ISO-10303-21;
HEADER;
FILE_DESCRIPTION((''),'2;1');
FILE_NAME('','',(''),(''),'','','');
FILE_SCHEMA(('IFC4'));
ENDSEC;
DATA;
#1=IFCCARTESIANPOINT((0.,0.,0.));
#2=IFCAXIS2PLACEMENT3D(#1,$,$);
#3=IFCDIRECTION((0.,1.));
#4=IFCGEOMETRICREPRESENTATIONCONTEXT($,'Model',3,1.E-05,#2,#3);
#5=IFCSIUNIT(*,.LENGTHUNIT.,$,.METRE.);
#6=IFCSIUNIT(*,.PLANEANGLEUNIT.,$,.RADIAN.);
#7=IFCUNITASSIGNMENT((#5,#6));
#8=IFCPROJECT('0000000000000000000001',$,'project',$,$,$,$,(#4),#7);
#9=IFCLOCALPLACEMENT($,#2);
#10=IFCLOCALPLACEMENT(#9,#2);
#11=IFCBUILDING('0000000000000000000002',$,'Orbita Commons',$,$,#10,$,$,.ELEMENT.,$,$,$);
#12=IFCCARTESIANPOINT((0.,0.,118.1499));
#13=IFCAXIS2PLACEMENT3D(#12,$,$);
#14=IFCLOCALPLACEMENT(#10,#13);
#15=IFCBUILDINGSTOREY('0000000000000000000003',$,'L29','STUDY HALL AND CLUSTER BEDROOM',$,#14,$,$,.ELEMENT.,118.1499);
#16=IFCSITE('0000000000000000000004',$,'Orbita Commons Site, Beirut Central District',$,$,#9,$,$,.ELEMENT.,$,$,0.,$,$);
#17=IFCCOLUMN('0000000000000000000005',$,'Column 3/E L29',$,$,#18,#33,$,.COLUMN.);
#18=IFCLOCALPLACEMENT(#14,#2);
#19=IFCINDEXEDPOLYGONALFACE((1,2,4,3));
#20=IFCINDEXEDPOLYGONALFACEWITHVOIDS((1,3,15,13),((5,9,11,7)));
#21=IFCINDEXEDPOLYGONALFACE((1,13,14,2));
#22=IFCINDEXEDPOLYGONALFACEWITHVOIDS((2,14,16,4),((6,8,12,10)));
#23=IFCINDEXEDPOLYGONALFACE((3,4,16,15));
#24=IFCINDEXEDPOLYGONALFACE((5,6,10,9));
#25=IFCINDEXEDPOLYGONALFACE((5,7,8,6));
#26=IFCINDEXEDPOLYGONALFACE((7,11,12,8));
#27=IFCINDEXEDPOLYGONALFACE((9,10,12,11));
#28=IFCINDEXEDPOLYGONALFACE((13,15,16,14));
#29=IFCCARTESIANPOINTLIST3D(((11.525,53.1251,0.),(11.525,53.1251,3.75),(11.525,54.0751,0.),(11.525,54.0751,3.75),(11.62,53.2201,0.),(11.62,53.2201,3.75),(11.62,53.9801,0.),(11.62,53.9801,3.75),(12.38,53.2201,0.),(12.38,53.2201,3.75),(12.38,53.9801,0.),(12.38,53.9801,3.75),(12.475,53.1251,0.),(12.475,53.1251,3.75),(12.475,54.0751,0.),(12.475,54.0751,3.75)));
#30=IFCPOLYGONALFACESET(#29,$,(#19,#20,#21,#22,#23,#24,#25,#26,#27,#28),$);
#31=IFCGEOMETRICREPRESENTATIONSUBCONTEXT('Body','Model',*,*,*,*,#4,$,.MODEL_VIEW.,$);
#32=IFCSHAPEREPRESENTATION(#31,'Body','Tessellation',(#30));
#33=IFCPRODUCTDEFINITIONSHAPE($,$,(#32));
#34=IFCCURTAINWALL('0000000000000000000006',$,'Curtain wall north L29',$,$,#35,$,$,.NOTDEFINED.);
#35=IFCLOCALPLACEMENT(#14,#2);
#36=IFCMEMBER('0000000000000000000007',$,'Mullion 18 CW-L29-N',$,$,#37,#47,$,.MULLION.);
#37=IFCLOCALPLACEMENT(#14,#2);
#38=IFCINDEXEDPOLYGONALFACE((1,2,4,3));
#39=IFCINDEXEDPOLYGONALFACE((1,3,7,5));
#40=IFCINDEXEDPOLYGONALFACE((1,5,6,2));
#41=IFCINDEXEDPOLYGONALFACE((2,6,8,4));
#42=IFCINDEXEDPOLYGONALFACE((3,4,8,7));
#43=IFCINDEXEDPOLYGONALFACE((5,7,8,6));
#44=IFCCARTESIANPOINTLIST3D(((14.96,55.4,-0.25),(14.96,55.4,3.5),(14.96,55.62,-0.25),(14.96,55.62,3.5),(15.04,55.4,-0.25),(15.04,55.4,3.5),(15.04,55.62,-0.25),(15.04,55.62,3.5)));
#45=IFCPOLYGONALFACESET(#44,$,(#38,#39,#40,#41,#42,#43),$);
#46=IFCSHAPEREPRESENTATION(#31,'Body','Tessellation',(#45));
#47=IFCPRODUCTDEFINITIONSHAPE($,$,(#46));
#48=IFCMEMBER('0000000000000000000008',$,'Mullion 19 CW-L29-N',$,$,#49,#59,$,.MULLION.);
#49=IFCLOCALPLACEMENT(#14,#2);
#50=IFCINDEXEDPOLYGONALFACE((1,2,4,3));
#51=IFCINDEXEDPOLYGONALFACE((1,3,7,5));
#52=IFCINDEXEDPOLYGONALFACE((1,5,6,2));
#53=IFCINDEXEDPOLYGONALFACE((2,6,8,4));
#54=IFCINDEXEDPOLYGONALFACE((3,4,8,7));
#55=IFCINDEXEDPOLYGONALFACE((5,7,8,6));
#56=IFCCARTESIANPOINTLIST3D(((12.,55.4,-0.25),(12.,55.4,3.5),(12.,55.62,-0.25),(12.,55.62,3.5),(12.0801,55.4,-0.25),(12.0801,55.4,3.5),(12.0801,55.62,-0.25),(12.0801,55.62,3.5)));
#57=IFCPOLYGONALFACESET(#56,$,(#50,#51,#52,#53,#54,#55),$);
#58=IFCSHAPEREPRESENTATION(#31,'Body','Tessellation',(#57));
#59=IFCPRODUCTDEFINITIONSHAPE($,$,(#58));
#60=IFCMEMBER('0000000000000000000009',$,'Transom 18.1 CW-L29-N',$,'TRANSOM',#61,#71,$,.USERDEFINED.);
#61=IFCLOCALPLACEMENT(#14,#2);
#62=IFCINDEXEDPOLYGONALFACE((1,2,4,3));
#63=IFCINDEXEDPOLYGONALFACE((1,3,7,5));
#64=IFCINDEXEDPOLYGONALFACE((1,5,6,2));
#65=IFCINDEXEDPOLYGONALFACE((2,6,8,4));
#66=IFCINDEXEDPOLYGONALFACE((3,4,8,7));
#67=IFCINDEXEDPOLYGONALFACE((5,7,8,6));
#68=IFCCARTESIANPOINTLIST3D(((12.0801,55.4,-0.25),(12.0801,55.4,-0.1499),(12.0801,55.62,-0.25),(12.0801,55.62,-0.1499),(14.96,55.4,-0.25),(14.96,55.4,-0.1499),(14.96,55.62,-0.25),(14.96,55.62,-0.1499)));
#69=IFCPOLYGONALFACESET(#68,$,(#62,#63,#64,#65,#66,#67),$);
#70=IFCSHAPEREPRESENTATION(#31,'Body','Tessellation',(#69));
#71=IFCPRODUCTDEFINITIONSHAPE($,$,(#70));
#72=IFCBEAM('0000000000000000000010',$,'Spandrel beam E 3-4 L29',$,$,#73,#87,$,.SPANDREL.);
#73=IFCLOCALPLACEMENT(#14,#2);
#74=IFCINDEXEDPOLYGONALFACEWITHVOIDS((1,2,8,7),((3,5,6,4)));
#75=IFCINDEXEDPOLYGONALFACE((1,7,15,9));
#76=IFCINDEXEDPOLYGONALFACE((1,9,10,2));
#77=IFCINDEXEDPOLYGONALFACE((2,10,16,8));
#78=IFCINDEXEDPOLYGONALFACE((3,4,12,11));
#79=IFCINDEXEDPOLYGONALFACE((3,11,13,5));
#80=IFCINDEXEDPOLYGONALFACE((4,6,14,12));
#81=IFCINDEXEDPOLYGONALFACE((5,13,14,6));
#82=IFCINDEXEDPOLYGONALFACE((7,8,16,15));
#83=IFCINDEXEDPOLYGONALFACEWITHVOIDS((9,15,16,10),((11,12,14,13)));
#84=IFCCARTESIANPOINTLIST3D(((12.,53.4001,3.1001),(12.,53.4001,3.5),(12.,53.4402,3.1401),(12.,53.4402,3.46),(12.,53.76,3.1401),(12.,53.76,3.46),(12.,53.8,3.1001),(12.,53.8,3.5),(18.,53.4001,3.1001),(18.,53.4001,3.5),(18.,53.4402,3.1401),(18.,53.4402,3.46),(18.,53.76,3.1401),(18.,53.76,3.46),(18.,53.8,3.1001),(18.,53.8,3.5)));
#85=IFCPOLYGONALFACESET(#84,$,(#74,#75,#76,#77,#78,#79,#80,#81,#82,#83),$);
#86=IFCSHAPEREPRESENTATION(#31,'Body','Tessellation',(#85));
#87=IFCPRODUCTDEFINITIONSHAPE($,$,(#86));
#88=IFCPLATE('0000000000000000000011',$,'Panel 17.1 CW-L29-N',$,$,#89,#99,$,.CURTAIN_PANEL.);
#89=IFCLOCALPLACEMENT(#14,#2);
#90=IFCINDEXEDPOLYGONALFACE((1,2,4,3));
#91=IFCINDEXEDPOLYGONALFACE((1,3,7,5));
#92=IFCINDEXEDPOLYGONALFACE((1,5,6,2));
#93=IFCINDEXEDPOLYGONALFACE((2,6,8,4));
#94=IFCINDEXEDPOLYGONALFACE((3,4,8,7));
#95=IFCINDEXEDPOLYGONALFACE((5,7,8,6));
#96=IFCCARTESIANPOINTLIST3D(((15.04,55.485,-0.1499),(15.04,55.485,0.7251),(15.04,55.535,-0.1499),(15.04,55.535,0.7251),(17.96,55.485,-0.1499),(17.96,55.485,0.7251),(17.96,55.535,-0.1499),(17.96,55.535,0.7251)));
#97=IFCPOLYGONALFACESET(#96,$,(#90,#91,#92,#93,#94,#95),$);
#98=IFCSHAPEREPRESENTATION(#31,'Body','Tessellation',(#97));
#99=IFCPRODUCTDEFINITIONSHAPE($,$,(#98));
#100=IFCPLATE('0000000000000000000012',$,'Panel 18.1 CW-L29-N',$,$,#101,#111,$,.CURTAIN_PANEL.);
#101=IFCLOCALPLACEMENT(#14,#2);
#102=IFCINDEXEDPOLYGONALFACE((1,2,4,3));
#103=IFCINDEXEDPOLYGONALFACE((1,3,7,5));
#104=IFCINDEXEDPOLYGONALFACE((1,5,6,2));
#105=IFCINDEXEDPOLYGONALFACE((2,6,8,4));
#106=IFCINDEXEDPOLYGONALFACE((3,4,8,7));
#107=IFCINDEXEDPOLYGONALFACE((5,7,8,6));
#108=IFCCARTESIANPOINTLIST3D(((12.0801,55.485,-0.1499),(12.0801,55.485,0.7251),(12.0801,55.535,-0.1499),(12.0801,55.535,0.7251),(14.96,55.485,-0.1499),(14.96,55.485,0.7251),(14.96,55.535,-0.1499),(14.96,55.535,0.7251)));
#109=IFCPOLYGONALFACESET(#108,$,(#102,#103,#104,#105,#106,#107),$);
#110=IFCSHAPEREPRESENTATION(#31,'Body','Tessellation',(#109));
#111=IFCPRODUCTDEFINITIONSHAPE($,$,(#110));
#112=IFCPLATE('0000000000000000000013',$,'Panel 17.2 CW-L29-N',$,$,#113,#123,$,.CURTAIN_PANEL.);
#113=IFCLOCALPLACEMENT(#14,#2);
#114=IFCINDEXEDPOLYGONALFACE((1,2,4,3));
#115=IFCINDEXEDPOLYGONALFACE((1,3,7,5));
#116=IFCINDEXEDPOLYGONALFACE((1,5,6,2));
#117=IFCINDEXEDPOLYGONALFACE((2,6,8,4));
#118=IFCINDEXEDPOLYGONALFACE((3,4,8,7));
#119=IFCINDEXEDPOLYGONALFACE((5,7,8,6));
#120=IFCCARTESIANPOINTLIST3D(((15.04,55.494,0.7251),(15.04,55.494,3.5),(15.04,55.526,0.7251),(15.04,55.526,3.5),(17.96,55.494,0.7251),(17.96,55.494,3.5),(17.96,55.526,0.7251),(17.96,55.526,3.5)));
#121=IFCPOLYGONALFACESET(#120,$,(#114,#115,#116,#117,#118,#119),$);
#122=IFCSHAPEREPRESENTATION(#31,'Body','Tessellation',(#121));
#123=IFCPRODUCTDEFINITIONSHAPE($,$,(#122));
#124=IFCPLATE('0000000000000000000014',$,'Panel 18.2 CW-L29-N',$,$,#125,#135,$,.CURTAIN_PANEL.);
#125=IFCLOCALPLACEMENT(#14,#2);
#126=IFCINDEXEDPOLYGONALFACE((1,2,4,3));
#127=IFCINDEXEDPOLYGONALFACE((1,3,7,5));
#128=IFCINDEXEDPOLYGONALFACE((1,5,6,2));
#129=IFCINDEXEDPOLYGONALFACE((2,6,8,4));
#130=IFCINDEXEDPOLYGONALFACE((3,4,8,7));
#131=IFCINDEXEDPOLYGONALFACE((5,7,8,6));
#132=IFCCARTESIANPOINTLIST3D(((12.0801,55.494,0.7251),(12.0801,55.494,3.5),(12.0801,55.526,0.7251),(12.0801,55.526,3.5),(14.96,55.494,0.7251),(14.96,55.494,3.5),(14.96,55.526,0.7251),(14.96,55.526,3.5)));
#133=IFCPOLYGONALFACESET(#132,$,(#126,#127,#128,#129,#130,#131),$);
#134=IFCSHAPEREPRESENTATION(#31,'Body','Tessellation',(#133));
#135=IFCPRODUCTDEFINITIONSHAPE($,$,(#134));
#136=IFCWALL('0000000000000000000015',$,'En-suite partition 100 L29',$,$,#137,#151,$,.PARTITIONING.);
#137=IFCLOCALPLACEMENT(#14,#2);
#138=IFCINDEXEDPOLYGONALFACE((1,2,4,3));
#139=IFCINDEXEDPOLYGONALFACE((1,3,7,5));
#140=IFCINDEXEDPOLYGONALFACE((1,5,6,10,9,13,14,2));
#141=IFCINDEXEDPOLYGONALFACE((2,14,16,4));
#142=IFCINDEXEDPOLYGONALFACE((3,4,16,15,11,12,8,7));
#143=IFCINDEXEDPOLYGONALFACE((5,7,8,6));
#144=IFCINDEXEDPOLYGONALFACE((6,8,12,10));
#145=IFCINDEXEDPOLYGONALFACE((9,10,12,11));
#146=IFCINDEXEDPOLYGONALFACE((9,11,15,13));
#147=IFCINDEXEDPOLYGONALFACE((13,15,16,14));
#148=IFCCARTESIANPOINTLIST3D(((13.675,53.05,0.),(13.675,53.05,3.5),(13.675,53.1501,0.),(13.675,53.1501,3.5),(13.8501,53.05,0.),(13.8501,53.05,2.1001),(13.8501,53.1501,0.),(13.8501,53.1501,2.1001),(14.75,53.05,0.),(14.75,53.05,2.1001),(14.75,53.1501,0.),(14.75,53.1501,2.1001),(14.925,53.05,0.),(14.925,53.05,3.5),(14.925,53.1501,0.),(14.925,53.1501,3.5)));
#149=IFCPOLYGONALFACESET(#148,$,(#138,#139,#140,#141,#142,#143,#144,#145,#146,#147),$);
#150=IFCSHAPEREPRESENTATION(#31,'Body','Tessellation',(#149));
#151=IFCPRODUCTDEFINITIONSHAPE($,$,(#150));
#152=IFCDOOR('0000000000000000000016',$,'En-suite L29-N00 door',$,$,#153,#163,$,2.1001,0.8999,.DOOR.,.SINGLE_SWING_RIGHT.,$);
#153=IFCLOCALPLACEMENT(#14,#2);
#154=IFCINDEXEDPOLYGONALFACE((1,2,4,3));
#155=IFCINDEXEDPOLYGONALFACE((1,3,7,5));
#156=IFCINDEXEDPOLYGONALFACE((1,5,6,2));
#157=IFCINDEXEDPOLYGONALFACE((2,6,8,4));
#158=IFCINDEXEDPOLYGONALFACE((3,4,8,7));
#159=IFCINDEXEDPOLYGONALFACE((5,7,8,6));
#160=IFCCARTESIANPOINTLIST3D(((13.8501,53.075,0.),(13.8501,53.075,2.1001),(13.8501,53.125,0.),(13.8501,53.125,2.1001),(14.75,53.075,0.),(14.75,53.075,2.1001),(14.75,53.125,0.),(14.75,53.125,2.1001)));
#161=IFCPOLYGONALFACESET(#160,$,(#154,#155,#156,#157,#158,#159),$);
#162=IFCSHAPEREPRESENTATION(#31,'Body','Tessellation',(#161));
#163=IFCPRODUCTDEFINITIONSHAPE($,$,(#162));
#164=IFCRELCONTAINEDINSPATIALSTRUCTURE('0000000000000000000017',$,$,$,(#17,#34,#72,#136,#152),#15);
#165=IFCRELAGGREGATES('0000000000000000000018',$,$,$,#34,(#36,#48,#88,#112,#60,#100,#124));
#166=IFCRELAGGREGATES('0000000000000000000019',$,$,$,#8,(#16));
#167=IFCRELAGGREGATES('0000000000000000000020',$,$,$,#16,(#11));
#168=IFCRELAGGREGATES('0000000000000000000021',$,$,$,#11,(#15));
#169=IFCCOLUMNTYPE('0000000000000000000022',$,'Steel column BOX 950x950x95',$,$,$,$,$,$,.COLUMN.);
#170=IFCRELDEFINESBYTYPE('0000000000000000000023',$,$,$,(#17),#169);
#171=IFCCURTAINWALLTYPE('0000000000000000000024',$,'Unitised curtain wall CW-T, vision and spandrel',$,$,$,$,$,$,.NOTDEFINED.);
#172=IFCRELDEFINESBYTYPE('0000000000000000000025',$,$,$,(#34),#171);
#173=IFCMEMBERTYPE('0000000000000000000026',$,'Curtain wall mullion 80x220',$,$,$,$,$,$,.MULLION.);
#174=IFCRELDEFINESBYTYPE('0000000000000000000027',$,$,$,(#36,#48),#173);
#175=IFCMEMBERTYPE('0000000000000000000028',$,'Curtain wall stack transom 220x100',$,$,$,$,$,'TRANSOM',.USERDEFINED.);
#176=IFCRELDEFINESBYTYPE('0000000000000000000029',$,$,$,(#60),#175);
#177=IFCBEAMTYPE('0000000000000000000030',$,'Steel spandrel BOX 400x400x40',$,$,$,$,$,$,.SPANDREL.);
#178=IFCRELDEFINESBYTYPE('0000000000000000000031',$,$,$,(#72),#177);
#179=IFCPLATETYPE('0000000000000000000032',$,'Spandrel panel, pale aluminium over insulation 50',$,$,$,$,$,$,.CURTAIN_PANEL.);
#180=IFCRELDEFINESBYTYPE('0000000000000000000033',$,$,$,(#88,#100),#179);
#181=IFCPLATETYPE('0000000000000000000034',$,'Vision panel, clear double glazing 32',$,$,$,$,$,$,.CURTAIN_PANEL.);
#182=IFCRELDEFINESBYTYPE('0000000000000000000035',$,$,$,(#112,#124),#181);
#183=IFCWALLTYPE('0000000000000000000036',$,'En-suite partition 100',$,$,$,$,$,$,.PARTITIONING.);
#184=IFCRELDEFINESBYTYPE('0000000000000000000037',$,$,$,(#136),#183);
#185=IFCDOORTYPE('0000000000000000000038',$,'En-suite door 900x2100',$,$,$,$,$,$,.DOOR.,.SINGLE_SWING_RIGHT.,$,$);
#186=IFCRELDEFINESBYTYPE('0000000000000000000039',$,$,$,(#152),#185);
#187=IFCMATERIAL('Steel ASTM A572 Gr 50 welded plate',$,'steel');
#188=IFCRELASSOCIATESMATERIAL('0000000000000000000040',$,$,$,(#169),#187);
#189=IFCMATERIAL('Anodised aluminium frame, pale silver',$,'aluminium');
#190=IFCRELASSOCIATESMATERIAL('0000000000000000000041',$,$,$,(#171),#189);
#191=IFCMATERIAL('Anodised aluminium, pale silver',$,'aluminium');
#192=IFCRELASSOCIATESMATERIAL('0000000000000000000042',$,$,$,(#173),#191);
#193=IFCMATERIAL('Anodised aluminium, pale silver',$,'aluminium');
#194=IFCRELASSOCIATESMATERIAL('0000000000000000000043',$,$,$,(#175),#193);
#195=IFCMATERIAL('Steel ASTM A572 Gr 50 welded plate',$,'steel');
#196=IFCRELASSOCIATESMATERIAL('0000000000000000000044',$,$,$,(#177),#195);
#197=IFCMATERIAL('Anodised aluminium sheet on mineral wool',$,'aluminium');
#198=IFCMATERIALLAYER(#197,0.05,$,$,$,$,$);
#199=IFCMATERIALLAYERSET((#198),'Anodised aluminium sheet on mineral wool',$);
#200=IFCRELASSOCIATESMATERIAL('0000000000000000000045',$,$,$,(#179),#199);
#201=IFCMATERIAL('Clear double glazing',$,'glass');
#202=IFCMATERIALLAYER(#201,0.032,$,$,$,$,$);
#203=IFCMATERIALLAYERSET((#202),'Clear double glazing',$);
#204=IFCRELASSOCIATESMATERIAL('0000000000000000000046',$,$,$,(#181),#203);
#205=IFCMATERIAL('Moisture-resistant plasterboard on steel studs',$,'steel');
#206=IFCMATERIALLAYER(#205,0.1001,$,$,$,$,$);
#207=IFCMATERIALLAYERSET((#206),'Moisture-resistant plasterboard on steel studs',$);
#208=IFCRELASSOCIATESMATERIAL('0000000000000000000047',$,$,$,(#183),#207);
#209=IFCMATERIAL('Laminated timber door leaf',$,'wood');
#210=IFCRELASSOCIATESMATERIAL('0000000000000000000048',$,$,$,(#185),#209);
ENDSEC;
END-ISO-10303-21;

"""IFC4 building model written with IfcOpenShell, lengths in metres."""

from ifc_helpers import new_model, si_unit, direction, frame, frame_2d, origin, origin_2d, place, context, subcontext, project, spatial, rectangle, hollow_rectangle, extrude, material, layer, layer_set, material_profile, profile_set, type_object, element, fill, aggregate, save


model = new_model("IFC4")

# Units and contexts
model_context = context("Model", 3, precision=1e-05, world=origin(), true_north=direction((0.0, 1.0)))
body_context = subcontext(model_context, "Body", "Model", "MODEL_VIEW")
ifc_project = project(units=[si_unit("LENGTHUNIT", "METRE"), si_unit("PLANEANGLEUNIT", "RADIAN")], contexts=[model_context])

# Site, building, storey
site_placement = place(None, origin())
site = spatial("IfcSite", under=ifc_project, at=site_placement, Name="Orbita Commons Site, Beirut Central District", CompositionType="ELEMENT", RefElevation=0.0)
building_placement = place(site_placement, origin())
building = spatial("IfcBuilding", under=site, at=building_placement, Name="Orbita Commons", CompositionType="ELEMENT")
storey_placement = place(building_placement, frame((0.0, 0.0, 118.1499)))
storey = spatial("IfcBuildingStorey", under=building, at=storey_placement, Name="L29", Description="STUDY HALL AND CLUSTER BEDROOM", CompositionType="ELEMENT", Elevation=118.1499)

# Column
ifc_material_1 = material(Name="Steel ASTM A572 Gr 50 welded plate", Category="steel")
ifc_material_profile_1 = material_profile(ifc_material_1, hollow_rectangle(XDim=0.95, YDim=0.95, WallThickness=0.095, at=origin_2d()), Name="BOX 950x950x95")
ifc_profile_set_1 = profile_set([ifc_material_profile_1], Name="Steel ASTM A572 Gr 50 welded plate")
column_type = type_object("IfcColumnType", Name="Steel column BOX 950x950x95", PredefinedType="COLUMN", material=ifc_profile_set_1)
column_placement = place(storey_placement, frame((12.0, 53.6001, 0.0), z_axis=(0.0, 0.0, 1.0), x_axis=(1.0, 0.0, 0.0)))
element("IfcColumn", 1, at=column_placement, inside=storey, type_object=column_type, Name="Column 3/E L29", PredefinedType="COLUMN", context=body_context, shape_type="SweptSolid", body=[
    extrude(hollow_rectangle(XDim=0.95, YDim=0.95, WallThickness=0.095, at=origin_2d()), origin(), (0.0, 0.0, 1.0), 3.75),
])

# Curtain wall, members
ifc_material_2 = material(Name="Anodised aluminium frame, pale silver", Category="aluminium")
curtain_wall_type = type_object("IfcCurtainWallType", Name="Unitised curtain wall CW-T, vision and spandrel", PredefinedType="NOTDEFINED", material=ifc_material_2)
curtain_wall_placement = place(storey_placement, origin())
curtain_wall = element("IfcCurtainWall", 2, at=curtain_wall_placement, inside=storey, type_object=curtain_wall_type, Name="Curtain wall north L29", PredefinedType="NOTDEFINED")
ifc_material_3 = material(Name="Anodised aluminium, pale silver", Category="aluminium")
ifc_material_profile_2 = material_profile(ifc_material_3, rectangle(XDim=0.0801, YDim=0.22, at=origin_2d()), Name="AL 80x220")
ifc_profile_set_2 = profile_set([ifc_material_profile_2], Name="Anodised aluminium, pale silver")
member_type_1 = type_object("IfcMemberType", Name="Curtain wall mullion 80x220", PredefinedType="MULLION", material=ifc_profile_set_2)
member_1_placement = place(storey_placement, frame((15.0, 55.51, -0.25), z_axis=(0.0, 0.0, 1.0), x_axis=(-1.0, 0.0, 0.0)))
member_1 = element("IfcMember", 3, at=member_1_placement, type_object=member_type_1, Name="Mullion 18 CW-L29-N", PredefinedType="MULLION", context=body_context, shape_type="SweptSolid", body=[
    extrude(rectangle(XDim=0.0801, YDim=0.22, at=origin_2d()), origin(), (0.0, 0.0, 1.0), 3.75),
])
member_2_placement = place(storey_placement, frame((12.04, 55.51, -0.25), z_axis=(0.0, 0.0, 1.0), x_axis=(-1.0, 0.0, 0.0)))
member_2 = element("IfcMember", 4, at=member_2_placement, type_object=member_type_1, Name="Mullion 19 CW-L29-N", PredefinedType="MULLION", context=body_context, shape_type="SweptSolid", body=[
    extrude(rectangle(XDim=0.0801, YDim=0.22, at=origin_2d()), origin(), (0.0, 0.0, 1.0), 3.75),
])
ifc_material_4 = material(Name="Anodised aluminium, pale silver", Category="aluminium")
ifc_material_profile_3 = material_profile(ifc_material_4, rectangle(XDim=0.22, YDim=0.1001, at=origin_2d()), Name="AL 220x100")
ifc_profile_set_3 = profile_set([ifc_material_profile_3], Name="Anodised aluminium, pale silver")
member_type_2 = type_object("IfcMemberType", Name="Curtain wall stack transom 220x100", ElementType="TRANSOM", PredefinedType="USERDEFINED", material=ifc_profile_set_3)
member_3_placement = place(storey_placement, frame((14.96, 55.51, -0.2), z_axis=(-1.0, 0.0, 0.0), x_axis=(0.0, -1.0, 0.0)))
member_3 = element("IfcMember", 5, at=member_3_placement, type_object=member_type_2, Name="Transom 18.1 CW-L29-N", ObjectType="TRANSOM", PredefinedType="USERDEFINED", context=body_context, shape_type="SweptSolid", body=[
    extrude(rectangle(XDim=0.22, YDim=0.1001, at=origin_2d()), origin(), (0.0, 0.0, 1.0), 2.8799),
])

# Beam
ifc_material_5 = material(Name="Steel ASTM A572 Gr 50 welded plate", Category="steel")
ifc_material_profile_4 = material_profile(ifc_material_5, hollow_rectangle(XDim=0.3999, YDim=0.3999, WallThickness=0.04, at=origin_2d()), Name="BOX 400x400x40")
ifc_profile_set_4 = profile_set([ifc_material_profile_4], Name="Steel ASTM A572 Gr 50 welded plate")
beam_type = type_object("IfcBeamType", Name="Steel spandrel BOX 400x400x40", PredefinedType="SPANDREL", material=ifc_profile_set_4)
beam_placement = place(storey_placement, frame((12.0, 53.6001, 3.3), z_axis=(1.0, 0.0, 0.0), x_axis=(0.0, 1.0, 0.0)))
element("IfcBeam", 6, at=beam_placement, inside=storey, type_object=beam_type, Name="Spandrel beam E 3-4 L29", PredefinedType="SPANDREL", context=body_context, shape_type="SweptSolid", body=[
    extrude(hollow_rectangle(XDim=0.3999, YDim=0.3999, WallThickness=0.04, at=origin_2d()), origin(), (0.0, 0.0, 1.0), 6.0),
])

# Plates
ifc_material_6 = material(Name="Anodised aluminium sheet on mineral wool", Category="aluminium")
ifc_layer_1 = layer(ifc_material_6, 0.05)
ifc_layer_set_1 = layer_set([ifc_layer_1], Name="Anodised aluminium sheet on mineral wool")
plate_type_1 = type_object("IfcPlateType", Name="Spandrel panel, pale aluminium over insulation 50", PredefinedType="CURTAIN_PANEL", material=ifc_layer_set_1)
plate_1_placement = place(storey_placement, frame((16.5, 55.51, -0.1499), z_axis=(0.0, 0.0, 1.0), x_axis=(-1.0, 0.0, 0.0)))
plate_1 = element("IfcPlate", 7, at=plate_1_placement, type_object=plate_type_1, Name="Panel 17.1 CW-L29-N", PredefinedType="CURTAIN_PANEL", context=body_context, shape_type="SweptSolid", body=[
    extrude(rectangle(XDim=2.9199, YDim=0.05, at=origin_2d()), origin(), (0.0, 0.0, 1.0), 0.875),
])
plate_2_placement = place(storey_placement, frame((13.52, 55.51, -0.1499), z_axis=(0.0, 0.0, 1.0), x_axis=(-1.0, 0.0, 0.0)))
plate_2 = element("IfcPlate", 8, at=plate_2_placement, type_object=plate_type_1, Name="Panel 18.1 CW-L29-N", PredefinedType="CURTAIN_PANEL", context=body_context, shape_type="SweptSolid", body=[
    extrude(rectangle(XDim=2.8799, YDim=0.05, at=origin_2d()), origin(), (0.0, 0.0, 1.0), 0.875),
])
ifc_material_7 = material(Name="Clear double glazing", Category="glass")
ifc_layer_2 = layer(ifc_material_7, 0.032)
ifc_layer_set_2 = layer_set([ifc_layer_2], Name="Clear double glazing")
plate_type_2 = type_object("IfcPlateType", Name="Vision panel, clear double glazing 32", PredefinedType="CURTAIN_PANEL", material=ifc_layer_set_2)
plate_3_placement = place(storey_placement, frame((16.5, 55.51, 0.7251), z_axis=(0.0, 0.0, 1.0), x_axis=(-1.0, 0.0, 0.0)))
plate_3 = element("IfcPlate", 9, at=plate_3_placement, type_object=plate_type_2, Name="Panel 17.2 CW-L29-N", PredefinedType="CURTAIN_PANEL", context=body_context, shape_type="SweptSolid", body=[
    extrude(rectangle(XDim=2.9199, YDim=0.032, at=origin_2d()), origin(), (0.0, 0.0, 1.0), 2.7749),
])
plate_4_placement = place(storey_placement, frame((13.52, 55.51, 0.7251), z_axis=(0.0, 0.0, 1.0), x_axis=(-1.0, 0.0, 0.0)))
plate_4 = element("IfcPlate", 10, at=plate_4_placement, type_object=plate_type_2, Name="Panel 18.2 CW-L29-N", PredefinedType="CURTAIN_PANEL", context=body_context, shape_type="SweptSolid", body=[
    extrude(rectangle(XDim=2.8799, YDim=0.032, at=origin_2d()), origin(), (0.0, 0.0, 1.0), 2.7749),
])
aggregate(curtain_wall, [member_1, member_2, plate_1, plate_3, member_3, plate_2, plate_4])

# Wall, opening, door
ifc_material_8 = material(Name="Moisture-resistant plasterboard on steel studs", Category="steel")
ifc_layer_3 = layer(ifc_material_8, 0.1001)
ifc_layer_set_3 = layer_set([ifc_layer_3], Name="Moisture-resistant plasterboard on steel studs")
wall_type_1 = type_object("IfcWallType", Name="En-suite partition 100", PredefinedType="PARTITIONING", material=ifc_layer_set_3)
wall_1_placement = place(storey_placement, frame((13.675, 53.1001, 0.0), z_axis=(0.0, 0.0, 1.0), x_axis=(1.0, 0.0, 0.0)))
wall_1 = element("IfcWall", 11, at=wall_1_placement, inside=storey, type_object=wall_type_1, Name="En-suite partition 100 L29", PredefinedType="PARTITIONING", context=body_context, shape_type="SweptSolid", body=[
    extrude(rectangle(XDim=1.25, YDim=0.1001, at=frame_2d((0.625, 0.0))), origin(), (0.0, 0.0, 1.0), 3.5),
])
opening_1_placement = place(wall_1_placement, frame((0.175, 0.0, 0.0)))
opening_1 = element("IfcOpeningElement", 12, at=opening_1_placement, cuts=wall_1, PredefinedType="OPENING", context=body_context, shape_type="SweptSolid", body=[
    extrude(rectangle(XDim=0.8999, YDim=2.1001, at=frame_2d((0.45, 1.05))), frame((0.0, 0.0601, 0.0), z_axis=(0.0, -1.0, 0.0), x_axis=(1.0, 0.0, 0.0)), (0.0, 0.0, 1.0), 0.1201),
])
ifc_material_9 = material(Name="Laminated timber door leaf", Category="wood")
door_type = type_object("IfcDoorType", Name="En-suite door 900x2100", OperationType="SINGLE_SWING_RIGHT", PredefinedType="DOOR", material=ifc_material_9)
door_1_placement = place(opening_1_placement, origin())
door_1 = element("IfcDoor", 13, at=door_1_placement, inside=storey, type_object=door_type, Name="En-suite L29-N00 door", OperationType="SINGLE_SWING_RIGHT", OverallHeight=2.1001, OverallWidth=0.8999, PredefinedType="DOOR", context=body_context, shape_type="SweptSolid", body=[
    extrude(rectangle(XDim=0.8999, YDim=2.1001, at=frame_2d((0.45, 1.05))), frame((0.0, 0.0249, 0.0), z_axis=(0.0, -1.0, 0.0), x_axis=(1.0, 0.0, 0.0)), (0.0, 0.0, 1.0), 0.05),
])
fill(opening_1, door_1)

save(model, "model.ifc")
